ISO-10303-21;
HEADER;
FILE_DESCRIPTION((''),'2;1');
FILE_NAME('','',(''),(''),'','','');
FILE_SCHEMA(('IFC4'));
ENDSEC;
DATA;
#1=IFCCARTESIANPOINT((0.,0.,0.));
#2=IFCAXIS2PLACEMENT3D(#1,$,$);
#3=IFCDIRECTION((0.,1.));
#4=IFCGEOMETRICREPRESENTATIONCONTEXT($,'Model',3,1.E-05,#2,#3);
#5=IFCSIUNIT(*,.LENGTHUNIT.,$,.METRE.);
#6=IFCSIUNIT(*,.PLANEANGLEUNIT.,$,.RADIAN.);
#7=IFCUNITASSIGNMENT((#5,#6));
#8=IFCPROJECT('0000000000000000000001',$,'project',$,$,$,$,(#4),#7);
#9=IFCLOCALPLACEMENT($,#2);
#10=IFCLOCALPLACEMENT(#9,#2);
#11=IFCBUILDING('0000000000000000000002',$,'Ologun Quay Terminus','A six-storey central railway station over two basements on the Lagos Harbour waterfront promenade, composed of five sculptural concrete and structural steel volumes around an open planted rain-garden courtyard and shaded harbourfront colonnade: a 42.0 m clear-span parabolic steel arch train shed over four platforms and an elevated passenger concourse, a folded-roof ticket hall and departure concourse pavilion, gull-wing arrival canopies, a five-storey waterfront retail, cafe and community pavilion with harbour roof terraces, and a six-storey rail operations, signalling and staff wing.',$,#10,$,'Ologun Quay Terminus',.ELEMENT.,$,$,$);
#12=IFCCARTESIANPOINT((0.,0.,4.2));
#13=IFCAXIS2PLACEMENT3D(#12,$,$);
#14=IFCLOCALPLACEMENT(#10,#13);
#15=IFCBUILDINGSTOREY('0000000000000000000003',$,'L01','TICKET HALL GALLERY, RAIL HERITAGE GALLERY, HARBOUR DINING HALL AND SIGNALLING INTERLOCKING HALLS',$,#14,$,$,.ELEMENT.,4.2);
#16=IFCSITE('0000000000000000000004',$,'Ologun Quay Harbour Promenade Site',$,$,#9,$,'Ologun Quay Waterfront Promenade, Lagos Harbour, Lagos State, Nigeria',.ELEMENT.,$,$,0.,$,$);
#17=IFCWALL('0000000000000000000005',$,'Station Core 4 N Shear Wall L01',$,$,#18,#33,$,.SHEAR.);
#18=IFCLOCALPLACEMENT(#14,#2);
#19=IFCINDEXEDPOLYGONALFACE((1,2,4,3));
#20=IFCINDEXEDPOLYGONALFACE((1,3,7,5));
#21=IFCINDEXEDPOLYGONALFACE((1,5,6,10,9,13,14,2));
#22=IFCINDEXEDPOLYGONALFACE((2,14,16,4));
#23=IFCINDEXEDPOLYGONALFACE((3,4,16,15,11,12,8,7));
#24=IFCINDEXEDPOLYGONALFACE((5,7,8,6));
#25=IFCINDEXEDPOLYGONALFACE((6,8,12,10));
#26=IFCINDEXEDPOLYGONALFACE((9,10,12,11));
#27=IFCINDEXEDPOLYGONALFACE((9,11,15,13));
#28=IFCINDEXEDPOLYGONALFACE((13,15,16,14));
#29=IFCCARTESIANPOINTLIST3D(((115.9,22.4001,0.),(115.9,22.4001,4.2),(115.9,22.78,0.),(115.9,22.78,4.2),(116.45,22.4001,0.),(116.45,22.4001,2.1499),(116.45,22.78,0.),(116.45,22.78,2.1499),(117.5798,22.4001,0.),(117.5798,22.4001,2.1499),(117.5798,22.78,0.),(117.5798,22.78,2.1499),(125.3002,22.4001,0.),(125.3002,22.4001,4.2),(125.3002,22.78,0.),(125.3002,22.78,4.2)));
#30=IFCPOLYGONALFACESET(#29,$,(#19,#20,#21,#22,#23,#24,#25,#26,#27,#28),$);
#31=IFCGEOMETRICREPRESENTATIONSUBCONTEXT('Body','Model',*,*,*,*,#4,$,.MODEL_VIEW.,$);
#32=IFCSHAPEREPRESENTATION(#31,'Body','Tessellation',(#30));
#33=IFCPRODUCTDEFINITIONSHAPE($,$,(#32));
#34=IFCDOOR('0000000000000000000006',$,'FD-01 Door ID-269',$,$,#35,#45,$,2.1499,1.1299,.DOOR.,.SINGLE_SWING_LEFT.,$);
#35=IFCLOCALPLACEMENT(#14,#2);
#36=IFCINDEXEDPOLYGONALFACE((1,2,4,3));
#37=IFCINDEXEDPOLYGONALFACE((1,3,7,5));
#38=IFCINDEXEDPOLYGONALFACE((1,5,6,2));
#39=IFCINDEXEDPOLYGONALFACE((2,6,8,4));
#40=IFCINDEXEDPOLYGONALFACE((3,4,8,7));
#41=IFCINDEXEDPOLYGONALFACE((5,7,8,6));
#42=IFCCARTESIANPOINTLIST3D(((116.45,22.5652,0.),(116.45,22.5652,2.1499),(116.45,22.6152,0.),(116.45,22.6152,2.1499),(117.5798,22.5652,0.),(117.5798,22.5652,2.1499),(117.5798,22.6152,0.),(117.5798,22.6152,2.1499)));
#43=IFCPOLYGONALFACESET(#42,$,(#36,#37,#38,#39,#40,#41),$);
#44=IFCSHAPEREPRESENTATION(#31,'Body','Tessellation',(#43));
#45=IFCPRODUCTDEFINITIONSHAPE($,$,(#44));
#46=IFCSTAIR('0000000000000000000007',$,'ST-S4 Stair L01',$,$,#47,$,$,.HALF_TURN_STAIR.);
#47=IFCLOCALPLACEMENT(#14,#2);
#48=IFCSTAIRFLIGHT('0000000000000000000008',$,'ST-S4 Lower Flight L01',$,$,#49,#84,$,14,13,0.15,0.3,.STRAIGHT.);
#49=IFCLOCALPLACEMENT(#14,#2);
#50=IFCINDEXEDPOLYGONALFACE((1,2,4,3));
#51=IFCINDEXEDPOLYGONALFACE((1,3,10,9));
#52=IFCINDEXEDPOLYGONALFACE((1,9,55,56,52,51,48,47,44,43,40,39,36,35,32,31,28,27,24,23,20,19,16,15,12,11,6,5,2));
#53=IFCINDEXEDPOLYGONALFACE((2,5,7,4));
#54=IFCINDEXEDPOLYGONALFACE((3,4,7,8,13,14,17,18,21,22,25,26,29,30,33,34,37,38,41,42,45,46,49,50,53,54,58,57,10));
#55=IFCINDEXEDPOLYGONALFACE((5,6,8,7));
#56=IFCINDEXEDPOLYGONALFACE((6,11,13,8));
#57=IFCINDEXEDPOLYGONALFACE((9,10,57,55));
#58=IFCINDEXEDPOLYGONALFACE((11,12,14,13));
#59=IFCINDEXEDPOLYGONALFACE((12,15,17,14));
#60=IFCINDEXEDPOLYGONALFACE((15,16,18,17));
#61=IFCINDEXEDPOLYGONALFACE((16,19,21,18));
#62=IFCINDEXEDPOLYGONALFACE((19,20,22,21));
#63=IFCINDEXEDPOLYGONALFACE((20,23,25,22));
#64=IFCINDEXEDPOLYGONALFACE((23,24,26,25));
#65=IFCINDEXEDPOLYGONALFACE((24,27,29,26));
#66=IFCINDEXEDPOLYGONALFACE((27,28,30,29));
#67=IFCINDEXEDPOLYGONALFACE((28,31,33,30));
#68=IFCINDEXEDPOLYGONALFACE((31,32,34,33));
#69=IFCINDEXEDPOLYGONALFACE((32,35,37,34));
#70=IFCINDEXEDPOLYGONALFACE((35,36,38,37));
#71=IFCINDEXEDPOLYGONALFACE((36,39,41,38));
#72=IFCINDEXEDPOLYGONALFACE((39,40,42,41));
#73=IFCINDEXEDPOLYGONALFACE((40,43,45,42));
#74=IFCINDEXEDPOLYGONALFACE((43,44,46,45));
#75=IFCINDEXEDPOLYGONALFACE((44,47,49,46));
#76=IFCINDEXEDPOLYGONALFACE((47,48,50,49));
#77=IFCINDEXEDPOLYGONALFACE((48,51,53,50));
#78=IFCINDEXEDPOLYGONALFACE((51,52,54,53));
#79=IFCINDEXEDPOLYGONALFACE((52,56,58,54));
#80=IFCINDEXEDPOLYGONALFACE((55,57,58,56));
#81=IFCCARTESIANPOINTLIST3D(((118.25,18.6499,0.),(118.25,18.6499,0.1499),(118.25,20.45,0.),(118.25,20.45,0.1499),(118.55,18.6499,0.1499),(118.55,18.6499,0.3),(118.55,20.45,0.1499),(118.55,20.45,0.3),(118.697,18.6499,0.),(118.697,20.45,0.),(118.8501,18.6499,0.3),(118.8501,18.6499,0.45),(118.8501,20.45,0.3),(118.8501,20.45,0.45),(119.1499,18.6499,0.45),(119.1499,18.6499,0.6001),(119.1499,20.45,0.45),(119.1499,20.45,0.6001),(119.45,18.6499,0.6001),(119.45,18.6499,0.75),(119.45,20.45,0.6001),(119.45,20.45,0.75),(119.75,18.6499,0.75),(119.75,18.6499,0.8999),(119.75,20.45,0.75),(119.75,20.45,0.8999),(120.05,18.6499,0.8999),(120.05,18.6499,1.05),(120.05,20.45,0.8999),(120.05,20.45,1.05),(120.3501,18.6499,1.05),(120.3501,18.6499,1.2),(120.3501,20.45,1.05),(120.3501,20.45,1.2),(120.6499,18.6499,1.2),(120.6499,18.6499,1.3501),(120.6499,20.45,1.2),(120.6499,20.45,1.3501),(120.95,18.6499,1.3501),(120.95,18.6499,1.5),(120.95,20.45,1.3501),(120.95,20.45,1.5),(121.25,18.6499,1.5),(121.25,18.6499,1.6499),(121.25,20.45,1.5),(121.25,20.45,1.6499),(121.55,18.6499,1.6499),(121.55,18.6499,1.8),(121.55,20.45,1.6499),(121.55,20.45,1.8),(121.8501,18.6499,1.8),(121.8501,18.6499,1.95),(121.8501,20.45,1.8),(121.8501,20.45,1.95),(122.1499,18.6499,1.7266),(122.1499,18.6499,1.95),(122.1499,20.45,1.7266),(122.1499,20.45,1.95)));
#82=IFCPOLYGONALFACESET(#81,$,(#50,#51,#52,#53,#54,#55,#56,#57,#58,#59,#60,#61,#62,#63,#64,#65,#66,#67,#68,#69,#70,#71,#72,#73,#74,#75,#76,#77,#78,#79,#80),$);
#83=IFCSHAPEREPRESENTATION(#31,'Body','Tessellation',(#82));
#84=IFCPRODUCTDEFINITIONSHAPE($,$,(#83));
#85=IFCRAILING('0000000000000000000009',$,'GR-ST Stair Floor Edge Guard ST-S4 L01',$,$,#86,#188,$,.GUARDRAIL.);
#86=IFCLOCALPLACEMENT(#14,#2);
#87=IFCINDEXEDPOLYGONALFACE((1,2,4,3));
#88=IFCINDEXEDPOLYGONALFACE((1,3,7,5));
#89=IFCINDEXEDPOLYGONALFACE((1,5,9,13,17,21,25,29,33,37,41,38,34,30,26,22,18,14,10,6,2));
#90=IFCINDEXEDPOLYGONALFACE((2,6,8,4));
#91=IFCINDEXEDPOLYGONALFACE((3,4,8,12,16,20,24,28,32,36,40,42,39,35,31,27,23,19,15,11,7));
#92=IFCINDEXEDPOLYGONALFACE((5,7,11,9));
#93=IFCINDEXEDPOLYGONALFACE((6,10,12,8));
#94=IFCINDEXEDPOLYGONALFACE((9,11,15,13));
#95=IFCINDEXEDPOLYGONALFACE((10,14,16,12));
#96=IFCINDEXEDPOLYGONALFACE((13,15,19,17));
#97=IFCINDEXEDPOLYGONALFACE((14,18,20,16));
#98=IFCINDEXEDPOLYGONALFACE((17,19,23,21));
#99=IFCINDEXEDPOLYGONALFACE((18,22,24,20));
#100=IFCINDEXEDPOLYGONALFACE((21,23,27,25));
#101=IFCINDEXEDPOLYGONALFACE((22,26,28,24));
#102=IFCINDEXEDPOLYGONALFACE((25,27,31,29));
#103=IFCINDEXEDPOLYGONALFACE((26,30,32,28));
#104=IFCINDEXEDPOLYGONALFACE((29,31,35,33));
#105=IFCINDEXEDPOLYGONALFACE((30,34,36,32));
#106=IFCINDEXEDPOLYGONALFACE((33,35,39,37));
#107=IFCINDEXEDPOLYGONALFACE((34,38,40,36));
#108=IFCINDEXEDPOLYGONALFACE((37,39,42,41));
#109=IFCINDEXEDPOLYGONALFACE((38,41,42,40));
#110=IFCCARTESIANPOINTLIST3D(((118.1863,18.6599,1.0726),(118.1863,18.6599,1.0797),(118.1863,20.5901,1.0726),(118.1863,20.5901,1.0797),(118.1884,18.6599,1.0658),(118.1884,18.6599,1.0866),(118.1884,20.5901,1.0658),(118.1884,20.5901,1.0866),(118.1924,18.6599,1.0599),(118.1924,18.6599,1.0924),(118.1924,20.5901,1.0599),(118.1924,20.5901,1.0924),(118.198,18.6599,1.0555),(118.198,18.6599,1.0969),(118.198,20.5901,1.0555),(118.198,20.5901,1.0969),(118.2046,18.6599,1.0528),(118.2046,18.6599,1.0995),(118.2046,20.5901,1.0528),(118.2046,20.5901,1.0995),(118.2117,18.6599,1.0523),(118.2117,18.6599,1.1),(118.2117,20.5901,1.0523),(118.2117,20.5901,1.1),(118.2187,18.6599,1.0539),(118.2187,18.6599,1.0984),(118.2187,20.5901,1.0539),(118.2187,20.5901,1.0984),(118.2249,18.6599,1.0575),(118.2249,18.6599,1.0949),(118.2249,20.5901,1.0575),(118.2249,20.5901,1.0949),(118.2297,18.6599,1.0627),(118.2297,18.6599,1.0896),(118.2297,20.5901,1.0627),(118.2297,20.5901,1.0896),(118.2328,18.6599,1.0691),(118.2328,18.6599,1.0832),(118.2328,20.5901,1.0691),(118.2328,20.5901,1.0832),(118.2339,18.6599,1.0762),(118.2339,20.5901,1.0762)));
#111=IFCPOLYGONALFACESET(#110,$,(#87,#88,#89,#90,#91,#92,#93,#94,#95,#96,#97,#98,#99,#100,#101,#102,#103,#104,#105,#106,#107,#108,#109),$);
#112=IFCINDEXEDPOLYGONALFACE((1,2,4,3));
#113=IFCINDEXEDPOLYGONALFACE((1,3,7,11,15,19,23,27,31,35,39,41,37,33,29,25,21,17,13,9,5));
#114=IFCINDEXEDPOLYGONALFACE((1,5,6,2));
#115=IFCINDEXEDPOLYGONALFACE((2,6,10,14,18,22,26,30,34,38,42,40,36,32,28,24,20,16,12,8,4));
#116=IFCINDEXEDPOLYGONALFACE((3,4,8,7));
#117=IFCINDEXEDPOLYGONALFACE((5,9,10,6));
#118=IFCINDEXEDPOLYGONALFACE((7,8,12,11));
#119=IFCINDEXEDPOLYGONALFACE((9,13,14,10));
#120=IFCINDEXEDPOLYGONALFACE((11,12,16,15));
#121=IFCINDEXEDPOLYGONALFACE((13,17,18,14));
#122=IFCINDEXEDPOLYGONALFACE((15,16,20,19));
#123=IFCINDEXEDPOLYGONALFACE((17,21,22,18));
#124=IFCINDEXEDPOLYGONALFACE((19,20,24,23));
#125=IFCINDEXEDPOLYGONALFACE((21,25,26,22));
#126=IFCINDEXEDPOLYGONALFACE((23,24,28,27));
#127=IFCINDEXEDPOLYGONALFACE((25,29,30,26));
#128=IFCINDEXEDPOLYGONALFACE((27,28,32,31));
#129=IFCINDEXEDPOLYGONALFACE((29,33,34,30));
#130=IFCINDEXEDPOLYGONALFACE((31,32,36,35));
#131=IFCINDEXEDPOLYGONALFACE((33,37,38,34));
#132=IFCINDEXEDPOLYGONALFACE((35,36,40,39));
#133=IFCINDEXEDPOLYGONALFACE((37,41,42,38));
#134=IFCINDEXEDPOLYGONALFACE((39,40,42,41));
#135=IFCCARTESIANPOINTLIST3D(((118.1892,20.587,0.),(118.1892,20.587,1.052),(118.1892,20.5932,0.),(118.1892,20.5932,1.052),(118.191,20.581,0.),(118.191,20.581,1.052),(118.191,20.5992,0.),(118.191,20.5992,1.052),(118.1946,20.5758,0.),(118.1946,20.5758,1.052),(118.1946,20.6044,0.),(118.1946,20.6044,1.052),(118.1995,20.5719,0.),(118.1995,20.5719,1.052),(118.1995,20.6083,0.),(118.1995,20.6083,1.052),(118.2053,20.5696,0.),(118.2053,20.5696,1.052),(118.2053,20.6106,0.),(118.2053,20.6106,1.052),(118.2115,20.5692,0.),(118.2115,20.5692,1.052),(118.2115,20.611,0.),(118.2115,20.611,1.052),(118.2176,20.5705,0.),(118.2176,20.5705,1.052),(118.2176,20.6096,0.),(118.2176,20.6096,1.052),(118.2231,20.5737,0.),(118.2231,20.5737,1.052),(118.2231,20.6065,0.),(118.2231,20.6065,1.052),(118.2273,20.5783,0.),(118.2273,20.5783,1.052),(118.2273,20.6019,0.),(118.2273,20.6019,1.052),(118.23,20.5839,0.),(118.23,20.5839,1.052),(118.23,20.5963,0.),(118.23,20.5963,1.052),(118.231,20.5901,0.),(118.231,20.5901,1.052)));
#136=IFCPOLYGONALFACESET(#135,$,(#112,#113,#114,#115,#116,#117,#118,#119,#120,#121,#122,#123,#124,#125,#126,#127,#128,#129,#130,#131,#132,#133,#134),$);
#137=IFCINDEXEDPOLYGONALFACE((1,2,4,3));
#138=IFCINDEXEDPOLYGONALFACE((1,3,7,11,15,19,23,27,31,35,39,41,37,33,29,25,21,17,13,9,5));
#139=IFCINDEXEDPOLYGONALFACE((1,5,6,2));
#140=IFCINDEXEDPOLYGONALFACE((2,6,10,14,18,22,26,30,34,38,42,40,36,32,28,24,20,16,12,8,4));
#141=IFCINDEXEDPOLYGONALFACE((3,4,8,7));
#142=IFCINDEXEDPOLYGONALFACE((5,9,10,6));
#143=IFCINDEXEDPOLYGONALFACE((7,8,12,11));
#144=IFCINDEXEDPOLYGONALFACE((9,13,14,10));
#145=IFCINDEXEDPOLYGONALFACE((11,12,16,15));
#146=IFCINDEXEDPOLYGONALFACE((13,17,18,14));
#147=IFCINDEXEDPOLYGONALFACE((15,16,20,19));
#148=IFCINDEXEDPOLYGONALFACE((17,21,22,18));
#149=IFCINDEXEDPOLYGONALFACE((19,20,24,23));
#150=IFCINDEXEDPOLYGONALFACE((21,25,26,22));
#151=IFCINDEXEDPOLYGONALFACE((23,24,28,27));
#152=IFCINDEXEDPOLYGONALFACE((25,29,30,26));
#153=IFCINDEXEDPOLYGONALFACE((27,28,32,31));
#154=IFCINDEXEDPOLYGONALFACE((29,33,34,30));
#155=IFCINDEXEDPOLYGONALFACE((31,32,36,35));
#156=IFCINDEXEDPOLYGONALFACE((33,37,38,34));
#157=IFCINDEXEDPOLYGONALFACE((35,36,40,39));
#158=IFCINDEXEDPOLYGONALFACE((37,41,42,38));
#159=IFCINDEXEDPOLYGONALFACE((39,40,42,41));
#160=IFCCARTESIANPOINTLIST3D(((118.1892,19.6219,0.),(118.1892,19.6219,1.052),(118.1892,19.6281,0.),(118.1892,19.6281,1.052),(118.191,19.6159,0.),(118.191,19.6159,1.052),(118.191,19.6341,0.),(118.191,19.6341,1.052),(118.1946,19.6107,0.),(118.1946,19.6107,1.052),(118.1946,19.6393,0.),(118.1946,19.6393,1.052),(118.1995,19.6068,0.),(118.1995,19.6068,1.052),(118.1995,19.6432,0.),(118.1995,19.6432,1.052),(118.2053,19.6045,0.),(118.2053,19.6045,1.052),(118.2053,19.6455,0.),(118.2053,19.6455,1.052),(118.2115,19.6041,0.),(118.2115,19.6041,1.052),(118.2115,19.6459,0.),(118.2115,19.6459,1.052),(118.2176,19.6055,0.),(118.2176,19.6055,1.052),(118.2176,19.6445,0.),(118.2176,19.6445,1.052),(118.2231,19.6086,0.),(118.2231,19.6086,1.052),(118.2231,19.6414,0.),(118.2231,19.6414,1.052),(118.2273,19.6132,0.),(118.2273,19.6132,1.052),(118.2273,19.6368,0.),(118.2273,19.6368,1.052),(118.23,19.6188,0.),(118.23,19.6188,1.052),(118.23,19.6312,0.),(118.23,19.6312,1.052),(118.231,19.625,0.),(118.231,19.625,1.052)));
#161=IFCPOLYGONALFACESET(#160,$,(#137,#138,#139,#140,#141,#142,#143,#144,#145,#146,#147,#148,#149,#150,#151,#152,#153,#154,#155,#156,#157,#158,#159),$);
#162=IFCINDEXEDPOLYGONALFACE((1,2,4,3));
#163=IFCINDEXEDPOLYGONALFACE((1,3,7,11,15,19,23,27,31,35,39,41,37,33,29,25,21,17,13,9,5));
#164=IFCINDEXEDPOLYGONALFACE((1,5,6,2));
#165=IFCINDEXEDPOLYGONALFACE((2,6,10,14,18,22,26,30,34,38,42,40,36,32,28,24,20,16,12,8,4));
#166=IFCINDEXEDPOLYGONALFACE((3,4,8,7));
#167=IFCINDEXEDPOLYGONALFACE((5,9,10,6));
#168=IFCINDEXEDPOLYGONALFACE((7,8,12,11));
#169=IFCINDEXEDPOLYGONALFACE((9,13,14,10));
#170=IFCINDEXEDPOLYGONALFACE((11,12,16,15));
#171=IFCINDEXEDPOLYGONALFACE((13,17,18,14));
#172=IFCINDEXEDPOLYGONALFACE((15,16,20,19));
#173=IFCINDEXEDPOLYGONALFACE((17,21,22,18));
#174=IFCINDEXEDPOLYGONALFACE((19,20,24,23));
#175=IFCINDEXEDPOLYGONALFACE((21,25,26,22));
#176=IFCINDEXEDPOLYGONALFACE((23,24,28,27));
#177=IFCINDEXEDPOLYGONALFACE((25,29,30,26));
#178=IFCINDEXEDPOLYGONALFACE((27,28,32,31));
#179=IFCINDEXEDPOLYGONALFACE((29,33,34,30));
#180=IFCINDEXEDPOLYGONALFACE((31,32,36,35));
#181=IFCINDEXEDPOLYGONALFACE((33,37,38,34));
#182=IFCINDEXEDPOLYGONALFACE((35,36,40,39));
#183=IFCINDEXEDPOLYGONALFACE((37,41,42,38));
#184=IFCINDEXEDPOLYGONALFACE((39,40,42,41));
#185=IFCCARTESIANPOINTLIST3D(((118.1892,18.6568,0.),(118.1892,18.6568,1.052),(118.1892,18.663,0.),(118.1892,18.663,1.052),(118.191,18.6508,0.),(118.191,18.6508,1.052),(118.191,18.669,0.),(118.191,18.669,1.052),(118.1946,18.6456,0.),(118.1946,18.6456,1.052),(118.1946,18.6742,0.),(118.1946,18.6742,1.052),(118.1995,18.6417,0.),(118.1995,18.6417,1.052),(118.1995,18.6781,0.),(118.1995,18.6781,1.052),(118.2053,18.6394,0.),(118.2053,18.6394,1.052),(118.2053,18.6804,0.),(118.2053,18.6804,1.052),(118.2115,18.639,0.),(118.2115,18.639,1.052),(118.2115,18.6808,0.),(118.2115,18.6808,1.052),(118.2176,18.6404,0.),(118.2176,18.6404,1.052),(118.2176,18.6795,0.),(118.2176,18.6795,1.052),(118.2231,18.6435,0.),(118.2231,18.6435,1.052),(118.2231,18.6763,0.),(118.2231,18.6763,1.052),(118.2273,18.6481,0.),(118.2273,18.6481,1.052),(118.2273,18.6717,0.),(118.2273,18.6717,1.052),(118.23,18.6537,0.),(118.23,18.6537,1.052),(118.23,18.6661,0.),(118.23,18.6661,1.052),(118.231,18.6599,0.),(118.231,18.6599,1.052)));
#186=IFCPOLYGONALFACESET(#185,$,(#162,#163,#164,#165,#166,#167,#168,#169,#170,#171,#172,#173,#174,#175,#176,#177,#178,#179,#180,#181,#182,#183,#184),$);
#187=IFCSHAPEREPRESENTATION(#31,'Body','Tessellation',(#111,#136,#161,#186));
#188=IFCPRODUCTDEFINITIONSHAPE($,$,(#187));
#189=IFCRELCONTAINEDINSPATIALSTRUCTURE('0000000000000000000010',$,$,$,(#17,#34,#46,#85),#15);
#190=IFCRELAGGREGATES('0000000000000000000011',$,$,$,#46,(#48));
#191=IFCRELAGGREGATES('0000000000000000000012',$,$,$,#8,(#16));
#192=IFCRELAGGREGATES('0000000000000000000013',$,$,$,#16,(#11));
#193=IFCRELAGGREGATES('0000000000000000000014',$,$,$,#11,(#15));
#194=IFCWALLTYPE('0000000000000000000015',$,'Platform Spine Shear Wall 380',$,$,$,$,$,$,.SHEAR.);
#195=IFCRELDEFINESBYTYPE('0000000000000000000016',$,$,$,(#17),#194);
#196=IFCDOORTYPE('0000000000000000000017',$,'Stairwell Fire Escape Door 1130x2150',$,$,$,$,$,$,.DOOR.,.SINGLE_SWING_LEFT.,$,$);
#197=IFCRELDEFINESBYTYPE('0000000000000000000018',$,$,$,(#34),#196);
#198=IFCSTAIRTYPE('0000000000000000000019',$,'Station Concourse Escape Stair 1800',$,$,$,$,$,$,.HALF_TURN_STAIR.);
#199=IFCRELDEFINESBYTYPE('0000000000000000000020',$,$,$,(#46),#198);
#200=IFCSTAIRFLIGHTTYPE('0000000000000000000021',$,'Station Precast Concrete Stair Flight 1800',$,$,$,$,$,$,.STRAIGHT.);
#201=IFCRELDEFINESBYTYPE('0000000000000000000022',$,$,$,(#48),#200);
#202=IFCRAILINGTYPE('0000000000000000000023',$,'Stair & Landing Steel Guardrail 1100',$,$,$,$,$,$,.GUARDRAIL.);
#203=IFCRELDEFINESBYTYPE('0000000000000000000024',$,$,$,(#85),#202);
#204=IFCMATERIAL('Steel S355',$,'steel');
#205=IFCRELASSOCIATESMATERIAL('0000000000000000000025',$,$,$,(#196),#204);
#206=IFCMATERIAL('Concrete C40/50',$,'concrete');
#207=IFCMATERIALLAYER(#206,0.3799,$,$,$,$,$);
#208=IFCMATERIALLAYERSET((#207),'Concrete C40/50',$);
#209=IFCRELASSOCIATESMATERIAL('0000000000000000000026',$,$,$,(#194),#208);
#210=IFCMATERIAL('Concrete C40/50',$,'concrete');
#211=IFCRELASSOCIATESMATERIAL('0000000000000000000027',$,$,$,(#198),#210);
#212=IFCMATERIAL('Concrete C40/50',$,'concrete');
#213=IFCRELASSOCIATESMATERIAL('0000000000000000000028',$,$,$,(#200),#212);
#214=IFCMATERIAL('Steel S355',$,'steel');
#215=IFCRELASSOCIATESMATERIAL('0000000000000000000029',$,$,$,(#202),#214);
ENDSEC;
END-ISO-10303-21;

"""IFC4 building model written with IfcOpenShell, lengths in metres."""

from ifc_helpers import new_model, si_unit, direction, frame, frame_2d, origin, origin_2d, place, context, subcontext, project, spatial, polyline, rectangle, circle, outline, extrude, material, layer, layer_set, type_object, element, fill, aggregate, save


model = new_model("IFC4")

# Units and contexts
model_context = context("Model", 3, precision=1e-05, world=origin(), true_north=direction((0.0, 1.0)))
body_context = subcontext(model_context, "Body", "Model", "MODEL_VIEW")
ifc_project = project(units=[si_unit("LENGTHUNIT", "METRE"), si_unit("PLANEANGLEUNIT", "RADIAN")], contexts=[model_context])

# Site, building, storey
site_placement = place(None, origin())
site = spatial("IfcSite", under=ifc_project, at=site_placement, Name="Ologun Quay Harbour Promenade Site", LongName="Ologun Quay Waterfront Promenade, Lagos Harbour, Lagos State, Nigeria", CompositionType="ELEMENT", RefElevation=0.0)
building_placement = place(site_placement, origin())
building = spatial("IfcBuilding", under=site, at=building_placement, Name="Ologun Quay Terminus", Description="A six-storey central railway station over two basements on the Lagos Harbour waterfront promenade, composed of five sculptural concrete and structural steel volumes around an open planted rain-garden courtyard and shaded harbourfront colonnade: a 42.0 m clear-span parabolic steel arch train shed over four platforms and an elevated passenger concourse, a folded-roof ticket hall and departure concourse pavilion, gull-wing arrival canopies, a five-storey waterfront retail, cafe and community pavilion with harbour roof terraces, and a six-storey rail operations, signalling and staff wing.", LongName="Ologun Quay Terminus", CompositionType="ELEMENT")
storey_placement = place(building_placement, frame((0.0, 0.0, 4.2)))
storey = spatial("IfcBuildingStorey", under=building, at=storey_placement, Name="L01", Description="TICKET HALL GALLERY, RAIL HERITAGE GALLERY, HARBOUR DINING HALL AND SIGNALLING INTERLOCKING HALLS", CompositionType="ELEMENT", Elevation=4.2)

# Shared definitions
ifc_material_1 = material(Name="Steel S355", Category="steel")
door_type = type_object("IfcDoorType", Name="Stairwell Fire Escape Door 1130x2150", OperationType="SINGLE_SWING_LEFT", PredefinedType="DOOR", material=ifc_material_1)

# Shared definitions
ifc_material_2 = material(Name="Concrete C40/50", Category="concrete")
ifc_layer_1 = layer(ifc_material_2, 0.3799)
ifc_layer_set_1 = layer_set([ifc_layer_1], Name="Concrete C40/50")
wall_type_1 = type_object("IfcWallType", Name="Platform Spine Shear Wall 380", PredefinedType="SHEAR", material=ifc_layer_set_1)

# Wall, opening, door
wall_1_placement = place(storey_placement, frame((115.8999, 22.5901, 0.0), z_axis=(0.0, 0.0, 1.0), x_axis=(1.0, 0.0, 0.0)))
wall_1 = element("IfcWall", 1, at=wall_1_placement, inside=storey, type_object=wall_type_1, Name="Station Core 4 N Shear Wall L01", PredefinedType="SHEAR", context=body_context, shape_type="SweptSolid", body=[
    extrude(rectangle(XDim=9.4001, YDim=0.3799, at=frame_2d((4.7002, 0.0))), origin(), (0.0, 0.0, 1.0), 4.2),
])
opening_1_placement = place(wall_1_placement, frame((0.55, 0.0, 0.0)))
opening_1 = element("IfcOpeningElement", 2, at=opening_1_placement, cuts=wall_1, PredefinedType="OPENING", context=body_context, shape_type="SweptSolid", body=[
    extrude(rectangle(XDim=1.1299, YDim=2.1499, at=frame_2d((0.5649, 1.075))), frame((0.0, 0.2, 0.0), z_axis=(0.0, -1.0, 0.0), x_axis=(1.0, 0.0, 0.0)), (0.0, 0.0, 1.0), 0.3999),
])
door_1_placement = place(opening_1_placement, frame((0.5649, 0.0, 0.0), z_axis=(0.0, 0.0, 1.0), x_axis=(-1.0, 0.0, 0.0)))
door_1 = element("IfcDoor", 3, at=door_1_placement, inside=storey, type_object=door_type, Name="FD-01 Door ID-269", OperationType="SINGLE_SWING_LEFT", OverallHeight=2.1499, OverallWidth=1.1299, PredefinedType="DOOR", context=body_context, shape_type="SweptSolid", body=[
    extrude(rectangle(XDim=1.1299, YDim=2.1499, at=frame_2d((0.0, 1.075))), frame((0.0, 0.0249, 0.0), z_axis=(0.0, -1.0, 0.0), x_axis=(1.0, 0.0, 0.0)), (0.0, 0.0, 1.0), 0.05),
])
fill(opening_1, door_1)

# Stair, stair flight
ifc_material_3 = material(Name="Concrete C40/50", Category="concrete")
stair_type = type_object("IfcStairType", Name="Station Concourse Escape Stair 1800", PredefinedType="HALF_TURN_STAIR", material=ifc_material_3)
stair_placement = place(storey_placement, origin())
stair = element("IfcStair", 4, at=stair_placement, inside=storey, type_object=stair_type, Name="ST-S4 Stair L01", PredefinedType="HALF_TURN_STAIR")
ifc_material_4 = material(Name="Concrete C40/50", Category="concrete")
stair_flight_type = type_object("IfcStairFlightType", Name="Station Precast Concrete Stair Flight 1800", PredefinedType="STRAIGHT", material=ifc_material_4)
stair_flight_placement = place(storey_placement, frame((118.25, 19.55, 0.0), z_axis=(0.0, 0.0, 1.0), x_axis=(1.0, 0.0, 0.0)))
stair_flight = element("IfcStairFlight", 5, at=stair_flight_placement, type_object=stair_flight_type, Name="ST-S4 Lower Flight L01", NumberOfRisers=14, NumberOfTreads=13, PredefinedType="STRAIGHT", RiserHeight=0.15, TreadLength=0.3, context=body_context, shape_type="SweptSolid", body=[
    extrude(outline(polyline([(0.0, 0.0), (0.0, 0.1499), (0.3, 0.1499), (0.3, 0.3), (0.6001, 0.3), (0.6001, 0.45), (0.8999, 0.45), (0.8999, 0.6001), (1.2, 0.6001), (1.2, 0.75), (1.5, 0.75), (1.5, 0.8999), (1.8, 0.8999), (1.8, 1.05), (2.1001, 1.05), (2.1001, 1.2), (2.3999, 1.2), (2.3999, 1.3501), (2.7, 1.3501), (2.7, 1.5), (3.0, 1.5), (3.0, 1.6499), (3.3, 1.6499), (3.3, 1.8), (3.6001, 1.8), (3.6001, 1.95), (3.8999, 1.95), (3.8999, 2.1001), (3.8999, 1.7266), (0.447, 0.0), (0.0, 0.0)])), frame((0.0, 0.8999, 0.0), z_axis=(0.0, -1.0, 0.0), x_axis=(1.0, 0.0, 0.0)), (0.0, 0.0, 1.0), 1.8),
])
aggregate(stair, [stair_flight])

# Railing
ifc_material_5 = material(Name="Steel S355", Category="steel")
railing_type_1 = type_object("IfcRailingType", Name="Stair & Landing Steel Guardrail 1100", PredefinedType="GUARDRAIL", material=ifc_material_5)
railing_1_placement = place(storey_placement, frame((118.21, 20.5901, 0.0)))
element("IfcRailing", 6, at=railing_1_placement, inside=storey, type_object=railing_type_1, Name="GR-ST Stair Floor Edge Guard ST-S4 L01", PredefinedType="GUARDRAIL", context=body_context, shape_type="SweptSolid", body=[
    extrude(circle(Radius=0.0239, at=origin_2d()), frame((0.0, 0.0, 1.0762), z_axis=(0.0, -1.0, 0.0), x_axis=(1.0, 0.0, 0.0)), (0.0, 0.0, 1.0), 1.9302),
    extrude(circle(Radius=0.021, at=origin_2d()), origin(), (0.0, 0.0, 1.0), 1.052),
    extrude(circle(Radius=0.021, at=origin_2d()), frame((0.0, -0.9651, 0.0)), (0.0, 0.0, 1.0), 1.052),
    extrude(circle(Radius=0.021, at=origin_2d()), frame((0.0, -1.9302, 0.0)), (0.0, 0.0, 1.0), 1.052),
])

save(model, "model.ifc")
